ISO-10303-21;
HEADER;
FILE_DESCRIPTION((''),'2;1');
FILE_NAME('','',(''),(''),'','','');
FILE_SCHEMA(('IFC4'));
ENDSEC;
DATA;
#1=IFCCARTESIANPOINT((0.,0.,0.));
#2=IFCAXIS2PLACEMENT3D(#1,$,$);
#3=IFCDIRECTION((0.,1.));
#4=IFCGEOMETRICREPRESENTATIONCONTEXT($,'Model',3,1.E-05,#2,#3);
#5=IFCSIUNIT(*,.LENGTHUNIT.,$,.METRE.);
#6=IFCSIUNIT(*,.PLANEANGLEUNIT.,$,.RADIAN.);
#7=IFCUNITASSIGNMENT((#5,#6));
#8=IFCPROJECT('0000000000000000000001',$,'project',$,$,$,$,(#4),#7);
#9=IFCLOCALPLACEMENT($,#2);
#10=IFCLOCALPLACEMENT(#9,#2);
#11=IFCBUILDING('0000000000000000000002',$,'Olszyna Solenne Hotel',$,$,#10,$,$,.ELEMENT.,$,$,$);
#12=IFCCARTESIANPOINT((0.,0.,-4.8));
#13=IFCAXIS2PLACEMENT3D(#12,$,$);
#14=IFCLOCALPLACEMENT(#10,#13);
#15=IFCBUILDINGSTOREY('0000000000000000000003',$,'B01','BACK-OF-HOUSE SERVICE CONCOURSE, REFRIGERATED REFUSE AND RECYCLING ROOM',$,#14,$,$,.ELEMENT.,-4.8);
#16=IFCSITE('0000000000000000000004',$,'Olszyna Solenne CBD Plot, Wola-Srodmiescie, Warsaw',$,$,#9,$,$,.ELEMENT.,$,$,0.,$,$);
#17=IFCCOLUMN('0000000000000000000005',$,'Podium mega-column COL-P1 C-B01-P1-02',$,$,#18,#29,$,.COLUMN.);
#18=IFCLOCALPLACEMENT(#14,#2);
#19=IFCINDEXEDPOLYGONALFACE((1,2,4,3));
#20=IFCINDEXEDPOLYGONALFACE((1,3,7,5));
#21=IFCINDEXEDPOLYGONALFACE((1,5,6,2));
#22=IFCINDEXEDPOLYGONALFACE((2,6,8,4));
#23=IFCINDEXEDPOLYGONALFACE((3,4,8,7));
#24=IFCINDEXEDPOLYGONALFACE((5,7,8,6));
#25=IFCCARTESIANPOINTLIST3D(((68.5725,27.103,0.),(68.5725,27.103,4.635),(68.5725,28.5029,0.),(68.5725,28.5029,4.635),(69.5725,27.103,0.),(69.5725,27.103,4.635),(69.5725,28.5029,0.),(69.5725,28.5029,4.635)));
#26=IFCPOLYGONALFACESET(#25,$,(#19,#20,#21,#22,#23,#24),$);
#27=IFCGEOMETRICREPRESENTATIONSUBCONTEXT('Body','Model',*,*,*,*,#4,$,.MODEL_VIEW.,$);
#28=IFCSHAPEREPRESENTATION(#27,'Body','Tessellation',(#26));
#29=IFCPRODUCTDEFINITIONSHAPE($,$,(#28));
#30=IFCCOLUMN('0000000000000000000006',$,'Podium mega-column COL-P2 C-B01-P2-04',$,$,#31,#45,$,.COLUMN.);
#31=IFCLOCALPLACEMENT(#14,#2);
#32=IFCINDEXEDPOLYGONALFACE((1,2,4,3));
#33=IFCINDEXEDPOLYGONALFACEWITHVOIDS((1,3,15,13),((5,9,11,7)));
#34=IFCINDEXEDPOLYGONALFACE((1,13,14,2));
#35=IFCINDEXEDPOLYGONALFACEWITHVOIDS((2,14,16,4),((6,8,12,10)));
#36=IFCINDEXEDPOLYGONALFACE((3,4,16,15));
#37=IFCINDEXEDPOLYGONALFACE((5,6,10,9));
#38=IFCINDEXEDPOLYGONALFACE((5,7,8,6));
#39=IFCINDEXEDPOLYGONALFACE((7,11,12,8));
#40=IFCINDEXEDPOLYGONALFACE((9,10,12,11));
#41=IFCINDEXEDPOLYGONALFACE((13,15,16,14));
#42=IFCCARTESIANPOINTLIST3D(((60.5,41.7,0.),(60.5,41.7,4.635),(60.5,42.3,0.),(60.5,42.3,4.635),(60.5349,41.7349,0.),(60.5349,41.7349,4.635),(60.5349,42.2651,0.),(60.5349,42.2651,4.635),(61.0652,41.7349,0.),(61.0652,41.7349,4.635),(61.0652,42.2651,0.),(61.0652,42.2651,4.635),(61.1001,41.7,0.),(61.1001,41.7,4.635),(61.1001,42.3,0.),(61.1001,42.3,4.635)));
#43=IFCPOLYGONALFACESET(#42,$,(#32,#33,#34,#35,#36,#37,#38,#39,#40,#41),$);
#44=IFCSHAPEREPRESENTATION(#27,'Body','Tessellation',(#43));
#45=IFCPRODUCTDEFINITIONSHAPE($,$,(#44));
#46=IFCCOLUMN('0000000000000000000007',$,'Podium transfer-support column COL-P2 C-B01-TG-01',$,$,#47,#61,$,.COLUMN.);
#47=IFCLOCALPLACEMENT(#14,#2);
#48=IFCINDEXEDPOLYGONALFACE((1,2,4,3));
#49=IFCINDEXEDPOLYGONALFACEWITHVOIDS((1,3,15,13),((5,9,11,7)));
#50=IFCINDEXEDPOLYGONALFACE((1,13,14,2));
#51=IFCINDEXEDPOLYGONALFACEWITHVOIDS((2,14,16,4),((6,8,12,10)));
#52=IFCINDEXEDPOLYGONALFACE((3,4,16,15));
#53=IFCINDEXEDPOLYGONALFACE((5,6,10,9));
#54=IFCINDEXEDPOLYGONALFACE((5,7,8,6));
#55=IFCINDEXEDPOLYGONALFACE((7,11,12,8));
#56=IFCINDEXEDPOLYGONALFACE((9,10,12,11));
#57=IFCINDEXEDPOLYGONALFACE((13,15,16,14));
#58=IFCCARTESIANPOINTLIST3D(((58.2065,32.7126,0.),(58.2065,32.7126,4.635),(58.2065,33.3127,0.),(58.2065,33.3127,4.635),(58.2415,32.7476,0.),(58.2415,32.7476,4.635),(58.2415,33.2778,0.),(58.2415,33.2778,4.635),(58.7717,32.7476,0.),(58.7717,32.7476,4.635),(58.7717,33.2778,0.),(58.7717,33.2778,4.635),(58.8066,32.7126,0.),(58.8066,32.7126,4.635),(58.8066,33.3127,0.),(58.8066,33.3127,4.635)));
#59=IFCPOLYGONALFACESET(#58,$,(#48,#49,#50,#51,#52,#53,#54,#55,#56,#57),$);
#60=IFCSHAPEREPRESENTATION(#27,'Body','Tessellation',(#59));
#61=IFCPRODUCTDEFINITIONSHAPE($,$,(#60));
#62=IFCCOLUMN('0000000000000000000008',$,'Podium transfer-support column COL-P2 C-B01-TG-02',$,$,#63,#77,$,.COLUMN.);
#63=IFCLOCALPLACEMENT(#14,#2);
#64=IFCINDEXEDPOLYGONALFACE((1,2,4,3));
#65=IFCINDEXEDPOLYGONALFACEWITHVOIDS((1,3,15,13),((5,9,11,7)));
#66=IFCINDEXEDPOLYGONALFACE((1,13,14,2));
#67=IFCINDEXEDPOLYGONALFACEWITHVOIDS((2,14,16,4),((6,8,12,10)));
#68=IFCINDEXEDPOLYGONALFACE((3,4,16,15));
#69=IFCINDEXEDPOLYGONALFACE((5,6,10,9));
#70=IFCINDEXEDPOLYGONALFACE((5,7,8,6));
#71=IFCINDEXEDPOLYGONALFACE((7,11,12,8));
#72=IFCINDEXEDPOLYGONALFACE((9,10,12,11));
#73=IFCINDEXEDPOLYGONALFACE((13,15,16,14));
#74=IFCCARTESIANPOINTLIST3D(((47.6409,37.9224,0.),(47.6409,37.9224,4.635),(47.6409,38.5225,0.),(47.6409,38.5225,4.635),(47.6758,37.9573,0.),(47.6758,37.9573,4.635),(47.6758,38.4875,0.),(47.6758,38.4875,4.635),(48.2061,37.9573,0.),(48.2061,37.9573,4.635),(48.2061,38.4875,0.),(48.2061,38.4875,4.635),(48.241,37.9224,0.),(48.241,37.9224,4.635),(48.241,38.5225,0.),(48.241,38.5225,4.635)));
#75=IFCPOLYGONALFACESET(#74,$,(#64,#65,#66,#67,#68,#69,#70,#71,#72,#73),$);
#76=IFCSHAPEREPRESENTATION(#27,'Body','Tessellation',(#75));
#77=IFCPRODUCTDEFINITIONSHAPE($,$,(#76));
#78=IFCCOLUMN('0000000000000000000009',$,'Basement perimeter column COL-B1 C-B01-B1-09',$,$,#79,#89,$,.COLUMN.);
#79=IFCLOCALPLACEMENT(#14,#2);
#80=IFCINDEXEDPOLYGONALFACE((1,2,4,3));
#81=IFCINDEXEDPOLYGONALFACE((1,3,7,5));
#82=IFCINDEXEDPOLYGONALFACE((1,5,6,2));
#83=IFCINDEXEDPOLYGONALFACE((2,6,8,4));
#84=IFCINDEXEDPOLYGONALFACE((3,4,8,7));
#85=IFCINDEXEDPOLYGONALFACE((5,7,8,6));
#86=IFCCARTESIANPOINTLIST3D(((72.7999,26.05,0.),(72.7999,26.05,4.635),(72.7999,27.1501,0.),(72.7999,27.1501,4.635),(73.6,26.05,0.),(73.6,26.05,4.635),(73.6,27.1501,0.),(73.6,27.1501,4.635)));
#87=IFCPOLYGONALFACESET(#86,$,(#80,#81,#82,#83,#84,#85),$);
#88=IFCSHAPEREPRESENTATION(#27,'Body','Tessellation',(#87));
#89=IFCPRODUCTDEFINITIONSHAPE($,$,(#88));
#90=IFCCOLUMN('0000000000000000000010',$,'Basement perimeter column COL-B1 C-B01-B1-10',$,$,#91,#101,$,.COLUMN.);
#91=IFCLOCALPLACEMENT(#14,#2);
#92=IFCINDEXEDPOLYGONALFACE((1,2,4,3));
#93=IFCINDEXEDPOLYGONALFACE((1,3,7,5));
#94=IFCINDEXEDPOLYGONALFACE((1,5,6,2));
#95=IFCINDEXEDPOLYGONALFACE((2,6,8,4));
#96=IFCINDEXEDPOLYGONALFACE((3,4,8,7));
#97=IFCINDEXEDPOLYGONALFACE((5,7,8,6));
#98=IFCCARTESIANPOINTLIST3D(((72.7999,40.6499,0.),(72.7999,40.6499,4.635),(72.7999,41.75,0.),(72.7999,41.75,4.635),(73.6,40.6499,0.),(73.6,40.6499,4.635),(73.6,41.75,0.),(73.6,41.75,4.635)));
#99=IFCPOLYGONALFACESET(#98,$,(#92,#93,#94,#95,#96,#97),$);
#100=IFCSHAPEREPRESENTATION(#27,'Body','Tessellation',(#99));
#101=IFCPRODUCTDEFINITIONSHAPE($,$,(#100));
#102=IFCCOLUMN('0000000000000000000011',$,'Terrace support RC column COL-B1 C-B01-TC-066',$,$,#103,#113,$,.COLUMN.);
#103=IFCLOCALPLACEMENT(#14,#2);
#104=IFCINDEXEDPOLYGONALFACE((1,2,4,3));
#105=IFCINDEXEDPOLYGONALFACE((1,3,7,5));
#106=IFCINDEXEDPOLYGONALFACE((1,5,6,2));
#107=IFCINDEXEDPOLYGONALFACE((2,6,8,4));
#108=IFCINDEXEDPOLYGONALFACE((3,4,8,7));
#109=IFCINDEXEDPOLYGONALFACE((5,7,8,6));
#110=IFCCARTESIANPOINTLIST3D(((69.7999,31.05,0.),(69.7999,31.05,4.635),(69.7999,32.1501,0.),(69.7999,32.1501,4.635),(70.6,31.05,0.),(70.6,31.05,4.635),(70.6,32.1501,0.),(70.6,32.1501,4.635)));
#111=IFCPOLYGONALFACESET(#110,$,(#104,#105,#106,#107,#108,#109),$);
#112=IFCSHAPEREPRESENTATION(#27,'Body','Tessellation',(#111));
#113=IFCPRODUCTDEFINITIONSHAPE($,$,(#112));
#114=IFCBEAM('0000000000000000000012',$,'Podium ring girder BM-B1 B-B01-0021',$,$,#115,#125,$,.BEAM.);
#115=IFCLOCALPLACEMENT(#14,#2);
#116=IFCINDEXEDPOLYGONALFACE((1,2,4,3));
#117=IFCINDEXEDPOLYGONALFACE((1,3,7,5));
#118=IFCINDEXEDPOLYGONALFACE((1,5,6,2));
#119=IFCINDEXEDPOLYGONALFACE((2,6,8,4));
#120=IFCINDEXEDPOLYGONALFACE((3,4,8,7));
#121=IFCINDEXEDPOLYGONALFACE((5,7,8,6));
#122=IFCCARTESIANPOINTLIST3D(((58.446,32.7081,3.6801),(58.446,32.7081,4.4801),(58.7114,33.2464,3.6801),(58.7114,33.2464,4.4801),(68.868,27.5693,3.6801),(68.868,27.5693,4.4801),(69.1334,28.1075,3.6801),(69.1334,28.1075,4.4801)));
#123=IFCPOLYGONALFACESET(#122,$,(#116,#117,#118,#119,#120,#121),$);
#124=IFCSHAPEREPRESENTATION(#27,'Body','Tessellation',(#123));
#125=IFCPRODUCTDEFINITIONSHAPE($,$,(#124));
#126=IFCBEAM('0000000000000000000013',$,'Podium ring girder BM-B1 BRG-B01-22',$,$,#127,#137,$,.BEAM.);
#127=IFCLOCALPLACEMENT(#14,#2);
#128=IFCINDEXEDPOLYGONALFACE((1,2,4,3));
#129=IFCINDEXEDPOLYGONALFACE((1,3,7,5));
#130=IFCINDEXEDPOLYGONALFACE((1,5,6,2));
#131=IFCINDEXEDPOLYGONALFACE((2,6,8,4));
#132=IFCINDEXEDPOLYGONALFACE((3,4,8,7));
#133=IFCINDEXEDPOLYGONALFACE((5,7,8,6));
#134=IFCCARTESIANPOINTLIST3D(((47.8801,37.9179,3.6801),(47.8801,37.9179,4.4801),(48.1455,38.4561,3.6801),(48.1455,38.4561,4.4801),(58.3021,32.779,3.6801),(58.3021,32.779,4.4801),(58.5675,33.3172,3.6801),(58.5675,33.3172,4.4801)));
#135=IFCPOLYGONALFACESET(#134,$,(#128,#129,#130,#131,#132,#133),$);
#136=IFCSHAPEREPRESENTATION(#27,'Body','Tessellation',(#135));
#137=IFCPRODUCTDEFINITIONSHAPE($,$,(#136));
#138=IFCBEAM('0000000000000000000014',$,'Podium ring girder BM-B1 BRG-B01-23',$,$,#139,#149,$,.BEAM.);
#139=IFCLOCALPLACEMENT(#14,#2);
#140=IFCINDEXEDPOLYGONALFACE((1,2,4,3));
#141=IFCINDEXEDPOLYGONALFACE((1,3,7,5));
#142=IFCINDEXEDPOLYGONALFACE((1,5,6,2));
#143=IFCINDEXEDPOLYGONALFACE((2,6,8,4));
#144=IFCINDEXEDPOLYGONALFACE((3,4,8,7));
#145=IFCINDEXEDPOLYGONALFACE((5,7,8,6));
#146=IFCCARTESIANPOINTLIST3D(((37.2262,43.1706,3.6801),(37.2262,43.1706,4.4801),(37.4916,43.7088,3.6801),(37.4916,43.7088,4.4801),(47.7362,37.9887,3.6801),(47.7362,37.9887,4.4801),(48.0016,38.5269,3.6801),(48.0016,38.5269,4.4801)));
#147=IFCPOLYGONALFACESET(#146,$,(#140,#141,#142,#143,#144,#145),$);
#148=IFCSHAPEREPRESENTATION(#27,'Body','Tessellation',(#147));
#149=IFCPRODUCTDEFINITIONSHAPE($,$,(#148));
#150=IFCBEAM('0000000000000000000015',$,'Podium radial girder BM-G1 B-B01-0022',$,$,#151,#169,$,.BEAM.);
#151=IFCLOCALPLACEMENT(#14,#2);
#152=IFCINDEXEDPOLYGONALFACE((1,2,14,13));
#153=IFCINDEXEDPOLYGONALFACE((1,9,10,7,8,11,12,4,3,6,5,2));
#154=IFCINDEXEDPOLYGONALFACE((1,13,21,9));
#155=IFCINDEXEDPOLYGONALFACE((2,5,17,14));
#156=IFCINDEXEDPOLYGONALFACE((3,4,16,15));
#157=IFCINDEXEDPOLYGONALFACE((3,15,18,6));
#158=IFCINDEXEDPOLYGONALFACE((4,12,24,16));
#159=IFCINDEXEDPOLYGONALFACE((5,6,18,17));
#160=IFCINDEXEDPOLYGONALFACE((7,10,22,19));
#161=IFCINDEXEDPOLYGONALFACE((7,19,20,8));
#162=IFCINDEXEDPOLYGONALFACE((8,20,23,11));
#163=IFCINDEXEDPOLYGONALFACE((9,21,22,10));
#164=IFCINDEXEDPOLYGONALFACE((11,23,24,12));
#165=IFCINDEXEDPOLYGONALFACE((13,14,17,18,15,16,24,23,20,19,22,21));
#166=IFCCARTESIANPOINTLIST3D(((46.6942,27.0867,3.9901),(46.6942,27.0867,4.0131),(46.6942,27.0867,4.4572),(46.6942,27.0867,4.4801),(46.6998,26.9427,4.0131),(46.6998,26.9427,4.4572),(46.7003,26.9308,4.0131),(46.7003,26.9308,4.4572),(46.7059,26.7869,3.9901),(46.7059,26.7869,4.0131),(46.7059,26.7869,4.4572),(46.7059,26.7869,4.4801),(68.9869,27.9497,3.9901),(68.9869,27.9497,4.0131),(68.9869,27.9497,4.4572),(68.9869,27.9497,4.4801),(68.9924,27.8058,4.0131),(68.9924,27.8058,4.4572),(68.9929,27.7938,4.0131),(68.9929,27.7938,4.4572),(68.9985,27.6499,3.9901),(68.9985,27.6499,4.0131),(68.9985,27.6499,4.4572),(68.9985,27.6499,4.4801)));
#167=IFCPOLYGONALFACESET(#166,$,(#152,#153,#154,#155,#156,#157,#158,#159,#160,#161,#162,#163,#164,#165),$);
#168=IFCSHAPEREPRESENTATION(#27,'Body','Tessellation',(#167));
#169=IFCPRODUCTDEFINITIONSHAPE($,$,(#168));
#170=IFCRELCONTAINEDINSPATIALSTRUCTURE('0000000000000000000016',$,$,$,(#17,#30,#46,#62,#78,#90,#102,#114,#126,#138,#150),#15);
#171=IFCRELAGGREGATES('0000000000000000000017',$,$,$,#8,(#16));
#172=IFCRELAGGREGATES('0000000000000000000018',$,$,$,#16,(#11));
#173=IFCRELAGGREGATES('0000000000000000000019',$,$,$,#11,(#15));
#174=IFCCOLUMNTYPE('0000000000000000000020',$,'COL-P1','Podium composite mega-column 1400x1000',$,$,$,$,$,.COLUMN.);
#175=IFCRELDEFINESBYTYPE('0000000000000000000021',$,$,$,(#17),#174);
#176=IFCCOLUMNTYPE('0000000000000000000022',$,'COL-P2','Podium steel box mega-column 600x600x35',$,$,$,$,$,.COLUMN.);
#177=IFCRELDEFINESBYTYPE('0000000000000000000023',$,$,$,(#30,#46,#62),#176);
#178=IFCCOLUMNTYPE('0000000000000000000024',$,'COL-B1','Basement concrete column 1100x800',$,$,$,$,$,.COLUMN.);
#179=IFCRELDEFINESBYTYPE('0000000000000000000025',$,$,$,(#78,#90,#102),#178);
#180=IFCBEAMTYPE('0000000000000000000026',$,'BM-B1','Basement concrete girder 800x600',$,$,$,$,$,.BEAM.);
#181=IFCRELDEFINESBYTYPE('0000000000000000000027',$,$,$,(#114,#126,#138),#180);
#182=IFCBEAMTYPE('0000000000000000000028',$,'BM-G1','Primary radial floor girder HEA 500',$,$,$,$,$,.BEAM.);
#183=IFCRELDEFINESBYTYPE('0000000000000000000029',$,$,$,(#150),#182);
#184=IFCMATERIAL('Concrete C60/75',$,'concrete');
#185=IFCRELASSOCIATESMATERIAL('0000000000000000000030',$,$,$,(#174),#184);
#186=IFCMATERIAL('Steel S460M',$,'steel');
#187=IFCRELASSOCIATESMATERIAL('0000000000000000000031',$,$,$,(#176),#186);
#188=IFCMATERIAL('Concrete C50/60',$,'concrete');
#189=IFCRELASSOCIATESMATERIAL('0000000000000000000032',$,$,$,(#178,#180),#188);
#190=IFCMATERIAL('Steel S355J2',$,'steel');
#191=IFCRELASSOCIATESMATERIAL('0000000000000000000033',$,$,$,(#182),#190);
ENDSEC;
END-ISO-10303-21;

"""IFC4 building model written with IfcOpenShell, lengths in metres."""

from ifc_helpers import new_model, si_unit, direction, frame, origin, origin_2d, place, context, subcontext, project, spatial, rectangle, hollow_rectangle, i_section, extrude, source, transform, mapped, material, material_profile, profile_set, type_object, element, save


model = new_model("IFC4")

# Units and contexts
model_context = context("Model", 3, precision=1e-05, world=origin(), true_north=direction((0.0, 1.0)))
body_context = subcontext(model_context, "Body", "Model", "MODEL_VIEW")
ifc_project = project(units=[si_unit("LENGTHUNIT", "METRE"), si_unit("PLANEANGLEUNIT", "RADIAN")], contexts=[model_context])

# Site, building, storey
site_placement = place(None, origin())
site = spatial("IfcSite", under=ifc_project, at=site_placement, Name="Olszyna Solenne CBD Plot, Wola-Srodmiescie, Warsaw", CompositionType="ELEMENT", RefElevation=0.0)
building_placement = place(site_placement, origin())
building = spatial("IfcBuilding", under=site, at=building_placement, Name="Olszyna Solenne Hotel", CompositionType="ELEMENT")
storey_placement = place(building_placement, frame((0.0, 0.0, -4.8)))
storey = spatial("IfcBuildingStorey", under=building, at=storey_placement, Name="B01", Description="BACK-OF-HOUSE SERVICE CONCOURSE, REFRIGERATED REFUSE AND RECYCLING ROOM", CompositionType="ELEMENT", Elevation=-4.8)

# Columns
ifc_material_1 = material(Name="Concrete C60/75", Category="concrete")
ifc_material_profile_1 = material_profile(ifc_material_1, rectangle(XDim=1.0, YDim=1.3999, at=origin_2d()), Name="RC 1400x1000", Category="load-bearing")
ifc_profile_set_1 = profile_set([ifc_material_profile_1], Name="Concrete C60/75")
column_type_1 = type_object("IfcColumnType", Name="COL-P1", Description="Podium composite mega-column 1400x1000", PredefinedType="COLUMN", material=ifc_profile_set_1)
shared_shape_1 = source(origin(), body_context, "Body", "SweptSolid", [
    extrude(rectangle(XDim=1.0, YDim=1.3999, at=origin_2d()), origin(), (0.0, 0.0, 1.0), 4.635),
])
column_placement = place(storey_placement, frame((69.0725, 27.803, 0.0), z_axis=(0.0, 0.0, 1.0), x_axis=(1.0, 0.0, 0.0)))
element("IfcColumn", 1, at=column_placement, inside=storey, type_object=column_type_1, Name="Podium mega-column COL-P1 C-B01-P1-02", PredefinedType="COLUMN", context=body_context, shape_type="MappedRepresentation", body=[
    mapped(shared_shape_1, transform((0.0, 0.0, 0.0), x_axis=(1.0, 0.0, 0.0), y_axis=(0.0, 1.0, 0.0), z_axis=(0.0, 0.0, 1.0), scale=1.0)),
])
ifc_material_2 = material(Name="Steel S460M", Category="steel")
ifc_material_profile_2 = material_profile(ifc_material_2, hollow_rectangle(XDim=0.6001, YDim=0.6001, WallThickness=0.0349, at=origin_2d()), Name="SHS 600x600x35", Category="load-bearing")
ifc_profile_set_2 = profile_set([ifc_material_profile_2], Name="Steel S460M")
column_type_2 = type_object("IfcColumnType", Name="COL-P2", Description="Podium steel box mega-column 600x600x35", PredefinedType="COLUMN", material=ifc_profile_set_2)
shared_shape_2 = source(origin(), body_context, "Body", "SweptSolid", [
    extrude(hollow_rectangle(XDim=0.6001, YDim=0.6001, WallThickness=0.0349, at=origin_2d()), origin(), (0.0, 0.0, 1.0), 4.635),
])
for number, where, z_axis, x_axis, name in (
    (2, (60.8, 42.0, 0.0), (0.0, 0.0, 1.0), (1.0, 0.0, 0.0), "Podium mega-column COL-P2 C-B01-P2-04"),
    (3, (58.5066, 33.0127, 0.0), (0.0, 0.0, 1.0), (1.0, 0.0, 0.0), "Podium transfer-support column COL-P2 C-B01-TG-01"),
    (4, (47.9409, 38.2224, 0.0), (0.0, 0.0, 1.0), (1.0, 0.0, 0.0), "Podium transfer-support column COL-P2 C-B01-TG-02"),
):
    element("IfcColumn", number, at=place(storey_placement, frame(where, z_axis=z_axis, x_axis=x_axis)), inside=storey, type_object=column_type_2, Name=name, PredefinedType="COLUMN", context=body_context, shape_type="MappedRepresentation", body=[
        mapped(shared_shape_2, transform((0.0, 0.0, 0.0), x_axis=(1.0, 0.0, 0.0), y_axis=(0.0, 1.0, 0.0), z_axis=(0.0, 0.0, 1.0), scale=1.0)),
    ])
ifc_material_3 = material(Name="Concrete C50/60", Category="concrete")
ifc_material_profile_3 = material_profile(ifc_material_3, rectangle(XDim=0.8, YDim=1.1001, at=origin_2d()), Name="RC 1100x800", Category="load-bearing")
ifc_profile_set_3 = profile_set([ifc_material_profile_3], Name="Concrete C50/60")
column_type_3 = type_object("IfcColumnType", Name="COL-B1", Description="Basement concrete column 1100x800", PredefinedType="COLUMN", material=ifc_profile_set_3)
shared_shape_3 = source(origin(), body_context, "Body", "SweptSolid", [
    extrude(rectangle(XDim=0.8, YDim=1.1001, at=origin_2d()), origin(), (0.0, 0.0, 1.0), 4.635),
])
for number, where, z_axis, x_axis, name in (
    (5, (73.2, 26.6001, 0.0), (0.0, 0.0, 1.0), (1.0, 0.0, 0.0), "Basement perimeter column COL-B1 C-B01-B1-09"),
    (6, (73.2, 41.2, 0.0), (0.0, 0.0, 1.0), (1.0, 0.0, 0.0), "Basement perimeter column COL-B1 C-B01-B1-10"),
    (7, (70.2, 31.6001, 0.0), (0.0, 0.0, 1.0), (1.0, 0.0, 0.0), "Terrace support RC column COL-B1 C-B01-TC-066"),
):
    element("IfcColumn", number, at=place(storey_placement, frame(where, z_axis=z_axis, x_axis=x_axis)), inside=storey, type_object=column_type_3, Name=name, PredefinedType="COLUMN", context=body_context, shape_type="MappedRepresentation", body=[
        mapped(shared_shape_3, transform((0.0, 0.0, 0.0), x_axis=(1.0, 0.0, 0.0), y_axis=(0.0, 1.0, 0.0), z_axis=(0.0, 0.0, 1.0), scale=1.0)),
    ])

# Beams
ifc_material_profile_4 = material_profile(ifc_material_3, rectangle(XDim=0.6001, YDim=0.8, at=origin_2d()), Name="RC 800x600", Category="load-bearing")
ifc_profile_set_4 = profile_set([ifc_material_profile_4], Name="Concrete C50/60")
beam_type_1 = type_object("IfcBeamType", Name="BM-B1", Description="Basement concrete girder 800x600", PredefinedType="BEAM", material=ifc_profile_set_4)
shared_shape_4 = source(origin(), body_context, "Body", "SweptSolid", [
    extrude(rectangle(XDim=0.6001, YDim=0.8, at=origin_2d()), origin(), (0.0, 0.0, 1.0), 11.6201),
])
for number, where, z_axis, x_axis, name in (
    (8, (69.0007, 27.8384, 4.0801), (-0.896897, 0.44224, 0.0), (-0.44224, -0.896897, 0.0), "Podium ring girder BM-B1 B-B01-0021"),
    (9, (58.4348, 33.0481, 4.0801), (-0.896897, 0.44224, 0.0), (-0.44224, -0.896897, 0.0), "Podium ring girder BM-B1 BRG-B01-22"),
):
    element("IfcBeam", number, at=place(storey_placement, frame(where, z_axis=z_axis, x_axis=x_axis)), inside=storey, type_object=beam_type_1, Name=name, PredefinedType="BEAM", context=body_context, shape_type="MappedRepresentation", body=[
        mapped(shared_shape_4, transform((0.0, 0.0, 0.0), x_axis=(1.0, 0.0, 0.0), y_axis=(0.0, 1.0, 0.0), z_axis=(0.0, 0.0, 1.0), scale=1.0)),
    ])
shared_shape_5 = source(origin(), body_context, "Body", "SweptSolid", [
    extrude(rectangle(XDim=0.6001, YDim=0.8, at=origin_2d()), origin(), (0.0, 0.0, 1.0), 11.718),
])
beam_1_placement = place(storey_placement, frame((47.8689, 38.2578, 4.0801), z_axis=(-0.896909, 0.442215, 0.0), x_axis=(-0.442215, -0.896909, 0.0)))
element("IfcBeam", 10, at=beam_1_placement, inside=storey, type_object=beam_type_1, Name="Podium ring girder BM-B1 BRG-B01-23", PredefinedType="BEAM", context=body_context, shape_type="MappedRepresentation", body=[
    mapped(shared_shape_5, transform((0.0, 0.0, 0.0), x_axis=(1.0, 0.0, 0.0), y_axis=(0.0, 1.0, 0.0), z_axis=(0.0, 0.0, 1.0), scale=1.0)),
])
ifc_material_4 = material(Name="Steel S355J2", Category="steel")
ifc_material_profile_5 = material_profile(ifc_material_4, i_section(OverallWidth=0.3, OverallDepth=0.49, WebThickness=0.012, FlangeThickness=0.0229, at=origin_2d()), Name="HEA 500", Category="load-bearing")
ifc_profile_set_5 = profile_set([ifc_material_profile_5], Name="Steel S355J2")
beam_type_2 = type_object("IfcBeamType", Name="BM-G1", Description="Primary radial floor girder HEA 500", PredefinedType="BEAM", material=ifc_profile_set_5)
shared_shape_6 = source(origin(), body_context, "Body", "SweptSolid", [
    extrude(i_section(OverallWidth=0.3, OverallDepth=0.49, WebThickness=0.012, FlangeThickness=0.0229, at=origin_2d()), origin(), (0.0, 0.0, 1.0), 22.3093),
])
beam_2_placement = place(storey_placement, frame((68.9927, 27.7998, 4.2351), z_axis=(-0.999251, -0.038685, 0.0), x_axis=(0.038685, -0.999251, 0.0)))
element("IfcBeam", 11, at=beam_2_placement, inside=storey, type_object=beam_type_2, Name="Podium radial girder BM-G1 B-B01-0022", PredefinedType="BEAM", context=body_context, shape_type="MappedRepresentation", body=[
    mapped(shared_shape_6, transform((0.0, 0.0, 0.0), x_axis=(1.0, 0.0, 0.0), y_axis=(0.0, 1.0, 0.0), z_axis=(0.0, 0.0, 1.0), scale=1.0)),
])

save(model, "model.ifc")
